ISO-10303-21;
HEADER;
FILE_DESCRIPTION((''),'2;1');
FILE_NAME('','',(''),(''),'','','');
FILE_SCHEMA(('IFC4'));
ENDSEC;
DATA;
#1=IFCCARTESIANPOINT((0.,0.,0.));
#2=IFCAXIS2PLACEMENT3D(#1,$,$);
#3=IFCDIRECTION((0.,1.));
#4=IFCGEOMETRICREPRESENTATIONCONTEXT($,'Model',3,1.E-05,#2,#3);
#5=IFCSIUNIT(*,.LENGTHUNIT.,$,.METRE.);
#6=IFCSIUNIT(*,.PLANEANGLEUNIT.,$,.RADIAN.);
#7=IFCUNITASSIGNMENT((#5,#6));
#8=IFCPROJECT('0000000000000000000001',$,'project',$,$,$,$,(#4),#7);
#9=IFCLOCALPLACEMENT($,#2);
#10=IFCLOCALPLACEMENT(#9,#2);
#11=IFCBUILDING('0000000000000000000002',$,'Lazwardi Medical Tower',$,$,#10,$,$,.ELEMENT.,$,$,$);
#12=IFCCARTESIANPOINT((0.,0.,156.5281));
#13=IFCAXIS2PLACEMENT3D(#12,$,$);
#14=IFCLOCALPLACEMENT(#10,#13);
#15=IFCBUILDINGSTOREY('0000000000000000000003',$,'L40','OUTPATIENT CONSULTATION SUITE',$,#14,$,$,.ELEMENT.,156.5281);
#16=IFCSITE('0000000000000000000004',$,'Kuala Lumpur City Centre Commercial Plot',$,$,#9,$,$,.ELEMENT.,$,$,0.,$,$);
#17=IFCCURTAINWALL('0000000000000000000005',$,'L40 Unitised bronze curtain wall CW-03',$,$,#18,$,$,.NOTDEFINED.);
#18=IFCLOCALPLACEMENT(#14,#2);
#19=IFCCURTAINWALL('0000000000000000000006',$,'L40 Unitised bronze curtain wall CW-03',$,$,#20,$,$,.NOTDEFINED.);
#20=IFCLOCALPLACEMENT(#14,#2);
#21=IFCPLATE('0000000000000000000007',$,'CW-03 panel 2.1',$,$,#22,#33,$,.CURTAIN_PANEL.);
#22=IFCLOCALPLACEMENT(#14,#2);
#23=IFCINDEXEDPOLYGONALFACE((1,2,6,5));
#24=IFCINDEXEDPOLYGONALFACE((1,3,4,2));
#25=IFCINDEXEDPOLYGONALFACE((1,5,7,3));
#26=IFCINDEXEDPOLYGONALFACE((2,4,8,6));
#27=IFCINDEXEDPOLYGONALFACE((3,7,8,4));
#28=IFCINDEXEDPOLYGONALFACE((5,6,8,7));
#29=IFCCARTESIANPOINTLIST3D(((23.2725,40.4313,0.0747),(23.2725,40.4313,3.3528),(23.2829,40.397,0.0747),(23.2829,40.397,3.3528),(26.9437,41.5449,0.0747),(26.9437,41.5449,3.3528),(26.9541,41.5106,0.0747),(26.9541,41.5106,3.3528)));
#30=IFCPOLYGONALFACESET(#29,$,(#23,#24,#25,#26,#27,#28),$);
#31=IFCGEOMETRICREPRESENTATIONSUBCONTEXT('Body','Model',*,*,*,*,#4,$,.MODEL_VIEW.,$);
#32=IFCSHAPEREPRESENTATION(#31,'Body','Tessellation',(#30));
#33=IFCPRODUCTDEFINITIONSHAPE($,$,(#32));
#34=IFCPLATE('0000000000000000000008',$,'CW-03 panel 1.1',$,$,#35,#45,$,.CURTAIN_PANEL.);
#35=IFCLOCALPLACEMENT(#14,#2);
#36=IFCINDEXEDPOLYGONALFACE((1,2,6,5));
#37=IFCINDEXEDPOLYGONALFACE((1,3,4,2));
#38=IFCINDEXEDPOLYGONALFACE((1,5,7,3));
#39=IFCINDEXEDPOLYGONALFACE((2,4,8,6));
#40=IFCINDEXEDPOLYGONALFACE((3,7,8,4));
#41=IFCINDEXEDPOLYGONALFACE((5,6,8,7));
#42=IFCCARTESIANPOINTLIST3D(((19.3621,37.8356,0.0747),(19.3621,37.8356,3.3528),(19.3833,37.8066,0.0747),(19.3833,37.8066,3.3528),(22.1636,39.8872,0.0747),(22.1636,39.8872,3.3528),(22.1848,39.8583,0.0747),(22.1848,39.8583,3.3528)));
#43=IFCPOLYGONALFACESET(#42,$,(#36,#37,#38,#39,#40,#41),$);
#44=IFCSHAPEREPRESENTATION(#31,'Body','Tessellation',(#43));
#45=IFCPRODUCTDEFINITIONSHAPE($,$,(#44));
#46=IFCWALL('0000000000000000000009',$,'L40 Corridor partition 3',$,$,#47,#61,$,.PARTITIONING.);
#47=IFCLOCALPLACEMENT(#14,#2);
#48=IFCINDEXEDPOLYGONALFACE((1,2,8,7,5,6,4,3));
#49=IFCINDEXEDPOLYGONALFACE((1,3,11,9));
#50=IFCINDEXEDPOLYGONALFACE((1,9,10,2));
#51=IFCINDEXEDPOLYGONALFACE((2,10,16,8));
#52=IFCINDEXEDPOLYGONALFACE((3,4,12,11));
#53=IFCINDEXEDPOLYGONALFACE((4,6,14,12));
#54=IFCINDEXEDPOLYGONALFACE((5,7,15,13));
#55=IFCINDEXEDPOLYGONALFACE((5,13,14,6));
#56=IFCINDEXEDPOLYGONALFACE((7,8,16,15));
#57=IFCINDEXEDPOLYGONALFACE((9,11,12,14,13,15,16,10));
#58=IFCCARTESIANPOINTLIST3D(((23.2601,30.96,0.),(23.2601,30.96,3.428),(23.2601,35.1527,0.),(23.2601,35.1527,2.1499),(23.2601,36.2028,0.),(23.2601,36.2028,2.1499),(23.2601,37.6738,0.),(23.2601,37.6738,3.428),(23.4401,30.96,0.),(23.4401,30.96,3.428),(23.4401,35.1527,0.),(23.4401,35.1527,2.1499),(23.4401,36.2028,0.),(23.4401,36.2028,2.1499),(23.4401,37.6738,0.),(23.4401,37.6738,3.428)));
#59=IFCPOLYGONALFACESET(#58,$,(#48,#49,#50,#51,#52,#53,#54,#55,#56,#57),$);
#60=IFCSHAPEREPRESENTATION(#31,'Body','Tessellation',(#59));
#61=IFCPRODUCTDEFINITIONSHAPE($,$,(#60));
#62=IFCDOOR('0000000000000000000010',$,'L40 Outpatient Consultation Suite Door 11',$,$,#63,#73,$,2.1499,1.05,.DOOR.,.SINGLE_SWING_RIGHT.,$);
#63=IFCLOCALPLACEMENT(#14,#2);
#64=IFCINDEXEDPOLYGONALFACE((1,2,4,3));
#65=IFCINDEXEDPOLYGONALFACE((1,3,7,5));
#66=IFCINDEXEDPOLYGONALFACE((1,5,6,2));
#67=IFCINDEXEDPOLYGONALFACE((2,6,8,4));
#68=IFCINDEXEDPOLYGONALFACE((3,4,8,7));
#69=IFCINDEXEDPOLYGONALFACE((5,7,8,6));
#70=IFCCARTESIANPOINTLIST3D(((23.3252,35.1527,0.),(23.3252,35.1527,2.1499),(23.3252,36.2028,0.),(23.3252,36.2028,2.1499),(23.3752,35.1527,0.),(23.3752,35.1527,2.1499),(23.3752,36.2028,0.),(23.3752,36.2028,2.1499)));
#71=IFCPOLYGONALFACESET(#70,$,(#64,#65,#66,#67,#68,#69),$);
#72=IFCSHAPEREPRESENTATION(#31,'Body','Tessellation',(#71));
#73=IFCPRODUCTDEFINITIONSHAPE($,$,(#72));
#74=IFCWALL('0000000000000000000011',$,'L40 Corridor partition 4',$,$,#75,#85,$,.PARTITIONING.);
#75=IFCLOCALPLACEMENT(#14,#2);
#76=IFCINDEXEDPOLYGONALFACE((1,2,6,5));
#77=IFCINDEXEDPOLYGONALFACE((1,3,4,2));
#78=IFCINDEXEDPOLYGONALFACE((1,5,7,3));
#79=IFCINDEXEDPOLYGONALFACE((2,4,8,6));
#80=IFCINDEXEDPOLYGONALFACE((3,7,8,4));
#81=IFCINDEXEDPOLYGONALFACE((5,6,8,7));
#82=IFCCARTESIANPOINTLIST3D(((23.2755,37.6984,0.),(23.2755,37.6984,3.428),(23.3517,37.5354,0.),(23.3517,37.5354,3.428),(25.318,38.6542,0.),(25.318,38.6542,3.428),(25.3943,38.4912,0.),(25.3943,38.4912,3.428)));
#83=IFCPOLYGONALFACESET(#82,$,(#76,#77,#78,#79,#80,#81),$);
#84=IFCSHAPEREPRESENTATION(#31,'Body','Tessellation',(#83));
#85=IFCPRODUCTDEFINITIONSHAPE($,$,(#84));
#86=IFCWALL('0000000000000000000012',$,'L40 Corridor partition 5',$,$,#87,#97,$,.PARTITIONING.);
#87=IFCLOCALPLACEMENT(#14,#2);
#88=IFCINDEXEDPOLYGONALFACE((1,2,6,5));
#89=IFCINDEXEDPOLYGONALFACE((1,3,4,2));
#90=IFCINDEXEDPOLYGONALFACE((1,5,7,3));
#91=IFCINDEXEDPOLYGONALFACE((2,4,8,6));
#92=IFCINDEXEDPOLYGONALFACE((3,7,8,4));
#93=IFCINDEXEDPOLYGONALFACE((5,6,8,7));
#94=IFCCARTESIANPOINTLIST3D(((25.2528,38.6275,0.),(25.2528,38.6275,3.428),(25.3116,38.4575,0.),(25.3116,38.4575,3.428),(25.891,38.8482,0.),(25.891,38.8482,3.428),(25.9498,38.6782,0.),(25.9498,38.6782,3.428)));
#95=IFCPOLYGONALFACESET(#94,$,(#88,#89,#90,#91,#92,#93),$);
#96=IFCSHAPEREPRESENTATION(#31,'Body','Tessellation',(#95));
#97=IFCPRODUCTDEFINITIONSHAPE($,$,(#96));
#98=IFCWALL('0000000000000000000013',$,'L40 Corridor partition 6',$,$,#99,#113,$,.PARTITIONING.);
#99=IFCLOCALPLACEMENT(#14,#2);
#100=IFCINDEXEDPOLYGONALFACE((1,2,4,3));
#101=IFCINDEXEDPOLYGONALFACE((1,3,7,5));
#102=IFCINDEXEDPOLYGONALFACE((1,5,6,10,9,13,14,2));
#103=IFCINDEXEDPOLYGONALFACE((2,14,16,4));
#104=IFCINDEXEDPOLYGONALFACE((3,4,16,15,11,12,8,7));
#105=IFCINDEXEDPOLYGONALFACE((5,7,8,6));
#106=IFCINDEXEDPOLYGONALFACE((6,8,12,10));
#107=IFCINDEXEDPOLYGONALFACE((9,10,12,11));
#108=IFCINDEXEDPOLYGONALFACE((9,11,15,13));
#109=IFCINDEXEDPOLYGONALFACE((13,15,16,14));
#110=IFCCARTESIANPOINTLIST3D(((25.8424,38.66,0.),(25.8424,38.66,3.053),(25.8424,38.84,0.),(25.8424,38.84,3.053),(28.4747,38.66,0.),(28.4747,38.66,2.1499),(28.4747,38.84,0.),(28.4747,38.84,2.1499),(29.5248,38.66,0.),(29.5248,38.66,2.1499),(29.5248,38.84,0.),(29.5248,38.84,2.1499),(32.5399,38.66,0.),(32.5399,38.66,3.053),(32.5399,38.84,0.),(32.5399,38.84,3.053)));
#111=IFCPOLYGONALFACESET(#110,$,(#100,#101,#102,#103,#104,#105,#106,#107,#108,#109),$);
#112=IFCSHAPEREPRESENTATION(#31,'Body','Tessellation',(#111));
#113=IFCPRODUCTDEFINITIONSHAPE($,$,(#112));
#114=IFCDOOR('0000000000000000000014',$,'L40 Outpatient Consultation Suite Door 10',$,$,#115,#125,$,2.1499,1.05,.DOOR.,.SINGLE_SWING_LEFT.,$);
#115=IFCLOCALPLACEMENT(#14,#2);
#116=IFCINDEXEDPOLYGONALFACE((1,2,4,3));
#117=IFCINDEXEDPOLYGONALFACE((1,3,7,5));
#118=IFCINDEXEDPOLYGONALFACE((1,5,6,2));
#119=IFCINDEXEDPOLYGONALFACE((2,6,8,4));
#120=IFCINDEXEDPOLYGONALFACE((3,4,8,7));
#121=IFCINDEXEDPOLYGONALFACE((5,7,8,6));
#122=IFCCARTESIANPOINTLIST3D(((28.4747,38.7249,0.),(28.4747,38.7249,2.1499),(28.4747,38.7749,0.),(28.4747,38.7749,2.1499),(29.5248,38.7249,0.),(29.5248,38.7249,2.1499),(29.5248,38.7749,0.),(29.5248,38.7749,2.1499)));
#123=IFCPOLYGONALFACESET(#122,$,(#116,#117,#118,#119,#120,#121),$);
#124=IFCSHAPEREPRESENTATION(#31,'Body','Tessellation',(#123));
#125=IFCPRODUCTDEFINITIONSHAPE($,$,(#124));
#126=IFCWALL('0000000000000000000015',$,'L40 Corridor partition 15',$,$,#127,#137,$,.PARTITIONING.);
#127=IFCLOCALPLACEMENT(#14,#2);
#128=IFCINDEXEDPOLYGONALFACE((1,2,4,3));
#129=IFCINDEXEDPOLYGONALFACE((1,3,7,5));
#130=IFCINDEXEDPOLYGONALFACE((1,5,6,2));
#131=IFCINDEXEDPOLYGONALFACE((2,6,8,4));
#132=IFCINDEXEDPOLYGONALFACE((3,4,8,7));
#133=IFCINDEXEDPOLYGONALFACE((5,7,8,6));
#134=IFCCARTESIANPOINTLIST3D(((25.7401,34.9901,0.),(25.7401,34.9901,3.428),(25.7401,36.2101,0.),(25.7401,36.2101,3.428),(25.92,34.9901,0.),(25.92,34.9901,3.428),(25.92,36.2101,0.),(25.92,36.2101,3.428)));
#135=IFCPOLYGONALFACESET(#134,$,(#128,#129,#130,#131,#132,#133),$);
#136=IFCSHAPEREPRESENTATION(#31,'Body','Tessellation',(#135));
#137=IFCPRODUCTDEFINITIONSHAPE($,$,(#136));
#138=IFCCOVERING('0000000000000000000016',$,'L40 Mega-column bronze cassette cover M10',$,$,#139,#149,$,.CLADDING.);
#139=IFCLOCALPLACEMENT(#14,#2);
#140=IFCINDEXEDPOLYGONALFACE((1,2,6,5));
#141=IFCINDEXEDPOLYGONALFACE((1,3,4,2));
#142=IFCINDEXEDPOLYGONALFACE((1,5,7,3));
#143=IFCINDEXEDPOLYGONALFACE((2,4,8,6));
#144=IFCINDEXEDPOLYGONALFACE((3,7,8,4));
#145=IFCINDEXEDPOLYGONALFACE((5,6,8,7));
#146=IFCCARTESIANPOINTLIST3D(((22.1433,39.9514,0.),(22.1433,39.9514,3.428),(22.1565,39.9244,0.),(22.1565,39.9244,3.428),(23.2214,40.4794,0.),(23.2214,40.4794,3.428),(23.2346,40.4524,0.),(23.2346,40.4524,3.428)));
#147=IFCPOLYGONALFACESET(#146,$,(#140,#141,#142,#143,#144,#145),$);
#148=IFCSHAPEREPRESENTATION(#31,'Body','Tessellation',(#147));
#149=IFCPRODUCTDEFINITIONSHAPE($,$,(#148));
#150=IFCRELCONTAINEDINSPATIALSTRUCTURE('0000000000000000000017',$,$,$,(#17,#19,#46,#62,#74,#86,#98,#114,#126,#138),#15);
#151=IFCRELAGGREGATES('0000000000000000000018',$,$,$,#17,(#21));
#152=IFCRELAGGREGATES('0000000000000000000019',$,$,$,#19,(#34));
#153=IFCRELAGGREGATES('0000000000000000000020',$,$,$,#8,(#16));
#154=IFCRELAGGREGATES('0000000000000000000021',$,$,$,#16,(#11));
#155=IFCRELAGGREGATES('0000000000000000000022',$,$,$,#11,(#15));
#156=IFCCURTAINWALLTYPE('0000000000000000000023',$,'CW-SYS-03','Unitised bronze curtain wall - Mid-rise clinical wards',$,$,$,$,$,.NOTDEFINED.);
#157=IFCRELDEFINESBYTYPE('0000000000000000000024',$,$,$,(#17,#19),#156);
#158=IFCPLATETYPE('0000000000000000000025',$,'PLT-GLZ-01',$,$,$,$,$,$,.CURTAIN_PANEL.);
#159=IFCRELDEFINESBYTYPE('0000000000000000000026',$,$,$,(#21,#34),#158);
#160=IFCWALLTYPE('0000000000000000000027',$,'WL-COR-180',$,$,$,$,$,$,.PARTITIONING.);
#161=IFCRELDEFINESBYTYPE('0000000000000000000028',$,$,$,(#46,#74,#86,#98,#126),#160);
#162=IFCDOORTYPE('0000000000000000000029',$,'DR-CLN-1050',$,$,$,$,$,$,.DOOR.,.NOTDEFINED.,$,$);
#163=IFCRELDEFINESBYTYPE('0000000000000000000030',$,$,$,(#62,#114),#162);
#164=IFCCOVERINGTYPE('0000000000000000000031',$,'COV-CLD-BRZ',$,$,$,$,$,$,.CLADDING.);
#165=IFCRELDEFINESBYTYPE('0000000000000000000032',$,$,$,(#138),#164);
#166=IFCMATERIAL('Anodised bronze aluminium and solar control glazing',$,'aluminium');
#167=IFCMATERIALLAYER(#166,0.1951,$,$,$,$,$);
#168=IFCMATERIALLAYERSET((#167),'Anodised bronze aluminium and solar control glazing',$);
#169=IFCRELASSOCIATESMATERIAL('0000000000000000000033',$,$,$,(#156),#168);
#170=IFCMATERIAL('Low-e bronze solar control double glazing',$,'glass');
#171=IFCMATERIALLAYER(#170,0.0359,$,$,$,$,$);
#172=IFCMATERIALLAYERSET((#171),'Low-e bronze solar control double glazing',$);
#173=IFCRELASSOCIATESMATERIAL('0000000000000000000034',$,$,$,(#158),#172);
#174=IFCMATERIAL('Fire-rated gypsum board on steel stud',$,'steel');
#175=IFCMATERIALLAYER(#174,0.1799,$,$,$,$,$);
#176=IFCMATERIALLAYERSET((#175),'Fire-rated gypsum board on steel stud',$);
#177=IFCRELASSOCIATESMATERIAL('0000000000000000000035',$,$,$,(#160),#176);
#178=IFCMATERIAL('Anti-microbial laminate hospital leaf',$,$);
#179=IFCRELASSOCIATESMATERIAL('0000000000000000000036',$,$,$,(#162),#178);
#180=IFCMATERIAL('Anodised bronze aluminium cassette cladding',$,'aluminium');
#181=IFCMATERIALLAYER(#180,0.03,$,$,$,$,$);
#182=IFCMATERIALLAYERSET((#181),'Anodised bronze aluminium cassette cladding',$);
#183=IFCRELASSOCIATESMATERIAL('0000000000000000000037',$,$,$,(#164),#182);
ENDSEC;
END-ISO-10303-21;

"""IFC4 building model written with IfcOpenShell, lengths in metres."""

from ifc_helpers import new_model, si_unit, direction, frame, frame_2d, origin, origin_2d, place, context, subcontext, project, spatial, rectangle, extrude, material, layer, layer_set, type_object, element, fill, aggregate, save


model = new_model("IFC4")

# Units and contexts
model_context = context("Model", 3, precision=1e-05, world=origin(), true_north=direction((0.0, 1.0)))
body_context = subcontext(model_context, "Body", "Model", "MODEL_VIEW")
ifc_project = project(units=[si_unit("LENGTHUNIT", "METRE"), si_unit("PLANEANGLEUNIT", "RADIAN")], contexts=[model_context])

# Site, building, storey
site_placement = place(None, origin())
site = spatial("IfcSite", under=ifc_project, at=site_placement, Name="Kuala Lumpur City Centre Commercial Plot", CompositionType="ELEMENT", RefElevation=0.0)
building_placement = place(site_placement, origin())
building = spatial("IfcBuilding", under=site, at=building_placement, Name="Lazwardi Medical Tower", CompositionType="ELEMENT")
storey_placement = place(building_placement, frame((0.0, 0.0, 156.5281)))
storey = spatial("IfcBuildingStorey", under=building, at=storey_placement, Name="L40", Description="OUTPATIENT CONSULTATION SUITE", CompositionType="ELEMENT", Elevation=156.5281)

# Curtain wall
ifc_material_1 = material(Name="Anodised bronze aluminium and solar control glazing", Category="aluminium")
ifc_layer_1 = layer(ifc_material_1, 0.1951)
ifc_layer_set_1 = layer_set([ifc_layer_1], Name="Anodised bronze aluminium and solar control glazing")
curtain_wall_type = type_object("IfcCurtainWallType", Name="CW-SYS-03", Description="Unitised bronze curtain wall - Mid-rise clinical wards", PredefinedType="NOTDEFINED", material=ifc_layer_set_1)
curtain_wall_1_placement = place(storey_placement, origin())
curtain_wall_1 = element("IfcCurtainWall", 1, at=curtain_wall_1_placement, inside=storey, type_object=curtain_wall_type, Name="L40 Unitised bronze curtain wall CW-03", PredefinedType="NOTDEFINED")

# Curtain wall
curtain_wall_2_placement = place(storey_placement, origin())
curtain_wall_2 = element("IfcCurtainWall", 2, at=curtain_wall_2_placement, inside=storey, type_object=curtain_wall_type, Name="L40 Unitised bronze curtain wall CW-03", PredefinedType="NOTDEFINED")

# Plates
ifc_material_2 = material(Name="Low-e bronze solar control double glazing", Category="glass")
ifc_layer_2 = layer(ifc_material_2, 0.0359)
ifc_layer_set_2 = layer_set([ifc_layer_2], Name="Low-e bronze solar control double glazing")
plate_type = type_object("IfcPlateType", Name="PLT-GLZ-01", PredefinedType="CURTAIN_PANEL", material=ifc_layer_set_2)
plate_1_placement = place(storey_placement, frame((25.1133, 40.9709, 0.0747), z_axis=(0.0, 0.0, 1.0), x_axis=(-0.956942, -0.290281, 0.0)))
plate_1 = element("IfcPlate", 3, at=plate_1_placement, type_object=plate_type, Name="CW-03 panel 2.1", PredefinedType="CURTAIN_PANEL", context=body_context, shape_type="SweptSolid", body=[
    extrude(rectangle(XDim=3.8364, YDim=0.0359, at=origin_2d()), origin(), (0.0, 0.0, 1.0), 3.2781),
])
aggregate(curtain_wall_1, [plate_1])
plate_2_placement = place(storey_placement, frame((20.7734, 38.8469, 0.0747), z_axis=(0.0, 0.0, 1.0), x_axis=(-0.806793, -0.590834, 0.0)))
plate_2 = element("IfcPlate", 4, at=plate_2_placement, type_object=plate_type, Name="CW-03 panel 1.1", PredefinedType="CURTAIN_PANEL", context=body_context, shape_type="SweptSolid", body=[
    extrude(rectangle(XDim=3.4724, YDim=0.0359, at=origin_2d()), origin(), (0.0, 0.0, 1.0), 3.2781),
])
aggregate(curtain_wall_2, [plate_2])

# Wall, opening, door
ifc_material_3 = material(Name="Fire-rated gypsum board on steel stud", Category="steel")
ifc_layer_3 = layer(ifc_material_3, 0.1799)
ifc_layer_set_3 = layer_set([ifc_layer_3], Name="Fire-rated gypsum board on steel stud")
wall_type = type_object("IfcWallType", Name="WL-COR-180", PredefinedType="PARTITIONING", material=ifc_layer_set_3)
wall_1_placement = place(storey_placement, frame((23.3501, 30.96, 0.0), z_axis=(0.0, 0.0, 1.0), x_axis=(0.0, 1.0, 0.0)))
wall_1 = element("IfcWall", 5, at=wall_1_placement, inside=storey, type_object=wall_type, Name="L40 Corridor partition 3", PredefinedType="PARTITIONING", context=body_context, shape_type="SweptSolid", body=[
    extrude(rectangle(XDim=6.7139, YDim=0.1799, at=frame_2d((3.3569, 0.0))), origin(), (0.0, 0.0, 1.0), 3.428),
])
opening_1_placement = place(wall_1_placement, frame((4.1929, 0.0, 0.0)))
opening_1 = element("IfcOpeningElement", 6, at=opening_1_placement, cuts=wall_1, PredefinedType="OPENING", context=body_context, shape_type="SweptSolid", body=[
    extrude(rectangle(XDim=1.05, YDim=2.1499, at=frame_2d((0.5249, 1.075))), frame((0.0, 0.0999, 0.0), z_axis=(0.0, -1.0, 0.0), x_axis=(1.0, 0.0, 0.0)), (0.0, 0.0, 1.0), 0.2),
])
ifc_material_4 = material(Name="Anti-microbial laminate hospital leaf")
door_type = type_object("IfcDoorType", Name="DR-CLN-1050", OperationType="NOTDEFINED", PredefinedType="DOOR", material=ifc_material_4)
door_1_placement = place(opening_1_placement, origin())
door_1 = element("IfcDoor", 7, at=door_1_placement, inside=storey, type_object=door_type, Name="L40 Outpatient Consultation Suite Door 11", OperationType="SINGLE_SWING_RIGHT", OverallHeight=2.1499, OverallWidth=1.05, PredefinedType="DOOR", context=body_context, shape_type="SweptSolid", body=[
    extrude(rectangle(XDim=1.05, YDim=2.1499, at=frame_2d((0.5249, 1.075))), frame((0.0, 0.0249, 0.0), z_axis=(0.0, -1.0, 0.0), x_axis=(1.0, 0.0, 0.0)), (0.0, 0.0, 1.0), 0.05),
])
fill(opening_1, door_1)

# Walls
wall_2_placement = place(storey_placement, frame((23.3137, 37.6169, 0.0), z_axis=(0.0, 0.0, 1.0), x_axis=(0.905732, 0.423851, 0.0)))
element("IfcWall", 8, at=wall_2_placement, inside=storey, type_object=wall_type, Name="L40 Corridor partition 4", PredefinedType="PARTITIONING", context=body_context, shape_type="SweptSolid", body=[
    extrude(rectangle(XDim=2.2551, YDim=0.1799, at=frame_2d((1.1274, 0.0))), origin(), (0.0, 0.0, 1.0), 3.428),
])
wall_3_placement = place(storey_placement, frame((25.2822, 38.5425, 0.0), z_axis=(0.0, 0.0, 1.0), x_axis=(0.945081, 0.326837, 0.0)))
element("IfcWall", 9, at=wall_3_placement, inside=storey, type_object=wall_type, Name="L40 Corridor partition 5", PredefinedType="PARTITIONING", context=body_context, shape_type="SweptSolid", body=[
    extrude(rectangle(XDim=0.6753, YDim=0.1799, at=frame_2d((0.3376, 0.0))), origin(), (0.0, 0.0, 1.0), 3.428),
])

# Wall, opening, door
wall_4_placement = place(storey_placement, frame((25.8425, 38.75, 0.0), z_axis=(0.0, 0.0, 1.0), x_axis=(1.0, 0.0, 0.0)))
wall_4 = element("IfcWall", 10, at=wall_4_placement, inside=storey, type_object=wall_type, Name="L40 Corridor partition 6", PredefinedType="PARTITIONING", context=body_context, shape_type="SweptSolid", body=[
    extrude(rectangle(XDim=6.6975, YDim=0.1799, at=frame_2d((3.3486, 0.0))), origin(), (0.0, 0.0, 1.0), 3.053),
])
opening_2_placement = place(wall_4_placement, frame((2.6323, 0.0, 0.0)))
opening_2 = element("IfcOpeningElement", 11, at=opening_2_placement, cuts=wall_4, PredefinedType="OPENING", context=body_context, shape_type="SweptSolid", body=[
    extrude(rectangle(XDim=1.05, YDim=2.1499, at=frame_2d((0.5249, 1.075))), frame((0.0, 0.0999, 0.0), z_axis=(0.0, -1.0, 0.0), x_axis=(1.0, 0.0, 0.0)), (0.0, 0.0, 1.0), 0.2),
])
door_2_placement = place(opening_2_placement, origin())
door_2 = element("IfcDoor", 12, at=door_2_placement, inside=storey, type_object=door_type, Name="L40 Outpatient Consultation Suite Door 10", OperationType="SINGLE_SWING_LEFT", OverallHeight=2.1499, OverallWidth=1.05, PredefinedType="DOOR", context=body_context, shape_type="SweptSolid", body=[
    extrude(rectangle(XDim=1.05, YDim=2.1499, at=frame_2d((0.5249, 1.075))), frame((0.0, 0.0249, 0.0), z_axis=(0.0, -1.0, 0.0), x_axis=(1.0, 0.0, 0.0)), (0.0, 0.0, 1.0), 0.05),
])
fill(opening_2, door_2)

# Wall
wall_5_placement = place(storey_placement, frame((25.8301, 36.21, 0.0), z_axis=(0.0, 0.0, 1.0), x_axis=(0.0, -1.0, 0.0)))
element("IfcWall", 13, at=wall_5_placement, inside=storey, type_object=wall_type, Name="L40 Corridor partition 15", PredefinedType="PARTITIONING", context=body_context, shape_type="SweptSolid", body=[
    extrude(rectangle(XDim=1.22, YDim=0.1799, at=frame_2d((0.6099, 0.0))), origin(), (0.0, 0.0, 1.0), 3.428),
])

# Covering
ifc_material_5 = material(Name="Anodised bronze aluminium cassette cladding", Category="aluminium")
ifc_layer_4 = layer(ifc_material_5, 0.03)
ifc_layer_set_4 = layer_set([ifc_layer_4], Name="Anodised bronze aluminium cassette cladding")
covering_type = type_object("IfcCoveringType", Name="COV-CLD-BRZ", PredefinedType="CLADDING", material=ifc_layer_set_4)
covering_placement = place(storey_placement, frame((22.689, 40.2019, 0.0), z_axis=(0.0, 0.0, 1.0), x_axis=(-0.898079, -0.439834, 0.0)))
element("IfcCovering", 14, at=covering_placement, inside=storey, type_object=covering_type, Name="L40 Mega-column bronze cassette cover M10", PredefinedType="CLADDING", context=body_context, shape_type="SweptSolid", body=[
    extrude(rectangle(XDim=1.2004, YDim=0.03, at=origin_2d()), origin(), (0.0, 0.0, 1.0), 3.428),
])

save(model, "model.ifc")
